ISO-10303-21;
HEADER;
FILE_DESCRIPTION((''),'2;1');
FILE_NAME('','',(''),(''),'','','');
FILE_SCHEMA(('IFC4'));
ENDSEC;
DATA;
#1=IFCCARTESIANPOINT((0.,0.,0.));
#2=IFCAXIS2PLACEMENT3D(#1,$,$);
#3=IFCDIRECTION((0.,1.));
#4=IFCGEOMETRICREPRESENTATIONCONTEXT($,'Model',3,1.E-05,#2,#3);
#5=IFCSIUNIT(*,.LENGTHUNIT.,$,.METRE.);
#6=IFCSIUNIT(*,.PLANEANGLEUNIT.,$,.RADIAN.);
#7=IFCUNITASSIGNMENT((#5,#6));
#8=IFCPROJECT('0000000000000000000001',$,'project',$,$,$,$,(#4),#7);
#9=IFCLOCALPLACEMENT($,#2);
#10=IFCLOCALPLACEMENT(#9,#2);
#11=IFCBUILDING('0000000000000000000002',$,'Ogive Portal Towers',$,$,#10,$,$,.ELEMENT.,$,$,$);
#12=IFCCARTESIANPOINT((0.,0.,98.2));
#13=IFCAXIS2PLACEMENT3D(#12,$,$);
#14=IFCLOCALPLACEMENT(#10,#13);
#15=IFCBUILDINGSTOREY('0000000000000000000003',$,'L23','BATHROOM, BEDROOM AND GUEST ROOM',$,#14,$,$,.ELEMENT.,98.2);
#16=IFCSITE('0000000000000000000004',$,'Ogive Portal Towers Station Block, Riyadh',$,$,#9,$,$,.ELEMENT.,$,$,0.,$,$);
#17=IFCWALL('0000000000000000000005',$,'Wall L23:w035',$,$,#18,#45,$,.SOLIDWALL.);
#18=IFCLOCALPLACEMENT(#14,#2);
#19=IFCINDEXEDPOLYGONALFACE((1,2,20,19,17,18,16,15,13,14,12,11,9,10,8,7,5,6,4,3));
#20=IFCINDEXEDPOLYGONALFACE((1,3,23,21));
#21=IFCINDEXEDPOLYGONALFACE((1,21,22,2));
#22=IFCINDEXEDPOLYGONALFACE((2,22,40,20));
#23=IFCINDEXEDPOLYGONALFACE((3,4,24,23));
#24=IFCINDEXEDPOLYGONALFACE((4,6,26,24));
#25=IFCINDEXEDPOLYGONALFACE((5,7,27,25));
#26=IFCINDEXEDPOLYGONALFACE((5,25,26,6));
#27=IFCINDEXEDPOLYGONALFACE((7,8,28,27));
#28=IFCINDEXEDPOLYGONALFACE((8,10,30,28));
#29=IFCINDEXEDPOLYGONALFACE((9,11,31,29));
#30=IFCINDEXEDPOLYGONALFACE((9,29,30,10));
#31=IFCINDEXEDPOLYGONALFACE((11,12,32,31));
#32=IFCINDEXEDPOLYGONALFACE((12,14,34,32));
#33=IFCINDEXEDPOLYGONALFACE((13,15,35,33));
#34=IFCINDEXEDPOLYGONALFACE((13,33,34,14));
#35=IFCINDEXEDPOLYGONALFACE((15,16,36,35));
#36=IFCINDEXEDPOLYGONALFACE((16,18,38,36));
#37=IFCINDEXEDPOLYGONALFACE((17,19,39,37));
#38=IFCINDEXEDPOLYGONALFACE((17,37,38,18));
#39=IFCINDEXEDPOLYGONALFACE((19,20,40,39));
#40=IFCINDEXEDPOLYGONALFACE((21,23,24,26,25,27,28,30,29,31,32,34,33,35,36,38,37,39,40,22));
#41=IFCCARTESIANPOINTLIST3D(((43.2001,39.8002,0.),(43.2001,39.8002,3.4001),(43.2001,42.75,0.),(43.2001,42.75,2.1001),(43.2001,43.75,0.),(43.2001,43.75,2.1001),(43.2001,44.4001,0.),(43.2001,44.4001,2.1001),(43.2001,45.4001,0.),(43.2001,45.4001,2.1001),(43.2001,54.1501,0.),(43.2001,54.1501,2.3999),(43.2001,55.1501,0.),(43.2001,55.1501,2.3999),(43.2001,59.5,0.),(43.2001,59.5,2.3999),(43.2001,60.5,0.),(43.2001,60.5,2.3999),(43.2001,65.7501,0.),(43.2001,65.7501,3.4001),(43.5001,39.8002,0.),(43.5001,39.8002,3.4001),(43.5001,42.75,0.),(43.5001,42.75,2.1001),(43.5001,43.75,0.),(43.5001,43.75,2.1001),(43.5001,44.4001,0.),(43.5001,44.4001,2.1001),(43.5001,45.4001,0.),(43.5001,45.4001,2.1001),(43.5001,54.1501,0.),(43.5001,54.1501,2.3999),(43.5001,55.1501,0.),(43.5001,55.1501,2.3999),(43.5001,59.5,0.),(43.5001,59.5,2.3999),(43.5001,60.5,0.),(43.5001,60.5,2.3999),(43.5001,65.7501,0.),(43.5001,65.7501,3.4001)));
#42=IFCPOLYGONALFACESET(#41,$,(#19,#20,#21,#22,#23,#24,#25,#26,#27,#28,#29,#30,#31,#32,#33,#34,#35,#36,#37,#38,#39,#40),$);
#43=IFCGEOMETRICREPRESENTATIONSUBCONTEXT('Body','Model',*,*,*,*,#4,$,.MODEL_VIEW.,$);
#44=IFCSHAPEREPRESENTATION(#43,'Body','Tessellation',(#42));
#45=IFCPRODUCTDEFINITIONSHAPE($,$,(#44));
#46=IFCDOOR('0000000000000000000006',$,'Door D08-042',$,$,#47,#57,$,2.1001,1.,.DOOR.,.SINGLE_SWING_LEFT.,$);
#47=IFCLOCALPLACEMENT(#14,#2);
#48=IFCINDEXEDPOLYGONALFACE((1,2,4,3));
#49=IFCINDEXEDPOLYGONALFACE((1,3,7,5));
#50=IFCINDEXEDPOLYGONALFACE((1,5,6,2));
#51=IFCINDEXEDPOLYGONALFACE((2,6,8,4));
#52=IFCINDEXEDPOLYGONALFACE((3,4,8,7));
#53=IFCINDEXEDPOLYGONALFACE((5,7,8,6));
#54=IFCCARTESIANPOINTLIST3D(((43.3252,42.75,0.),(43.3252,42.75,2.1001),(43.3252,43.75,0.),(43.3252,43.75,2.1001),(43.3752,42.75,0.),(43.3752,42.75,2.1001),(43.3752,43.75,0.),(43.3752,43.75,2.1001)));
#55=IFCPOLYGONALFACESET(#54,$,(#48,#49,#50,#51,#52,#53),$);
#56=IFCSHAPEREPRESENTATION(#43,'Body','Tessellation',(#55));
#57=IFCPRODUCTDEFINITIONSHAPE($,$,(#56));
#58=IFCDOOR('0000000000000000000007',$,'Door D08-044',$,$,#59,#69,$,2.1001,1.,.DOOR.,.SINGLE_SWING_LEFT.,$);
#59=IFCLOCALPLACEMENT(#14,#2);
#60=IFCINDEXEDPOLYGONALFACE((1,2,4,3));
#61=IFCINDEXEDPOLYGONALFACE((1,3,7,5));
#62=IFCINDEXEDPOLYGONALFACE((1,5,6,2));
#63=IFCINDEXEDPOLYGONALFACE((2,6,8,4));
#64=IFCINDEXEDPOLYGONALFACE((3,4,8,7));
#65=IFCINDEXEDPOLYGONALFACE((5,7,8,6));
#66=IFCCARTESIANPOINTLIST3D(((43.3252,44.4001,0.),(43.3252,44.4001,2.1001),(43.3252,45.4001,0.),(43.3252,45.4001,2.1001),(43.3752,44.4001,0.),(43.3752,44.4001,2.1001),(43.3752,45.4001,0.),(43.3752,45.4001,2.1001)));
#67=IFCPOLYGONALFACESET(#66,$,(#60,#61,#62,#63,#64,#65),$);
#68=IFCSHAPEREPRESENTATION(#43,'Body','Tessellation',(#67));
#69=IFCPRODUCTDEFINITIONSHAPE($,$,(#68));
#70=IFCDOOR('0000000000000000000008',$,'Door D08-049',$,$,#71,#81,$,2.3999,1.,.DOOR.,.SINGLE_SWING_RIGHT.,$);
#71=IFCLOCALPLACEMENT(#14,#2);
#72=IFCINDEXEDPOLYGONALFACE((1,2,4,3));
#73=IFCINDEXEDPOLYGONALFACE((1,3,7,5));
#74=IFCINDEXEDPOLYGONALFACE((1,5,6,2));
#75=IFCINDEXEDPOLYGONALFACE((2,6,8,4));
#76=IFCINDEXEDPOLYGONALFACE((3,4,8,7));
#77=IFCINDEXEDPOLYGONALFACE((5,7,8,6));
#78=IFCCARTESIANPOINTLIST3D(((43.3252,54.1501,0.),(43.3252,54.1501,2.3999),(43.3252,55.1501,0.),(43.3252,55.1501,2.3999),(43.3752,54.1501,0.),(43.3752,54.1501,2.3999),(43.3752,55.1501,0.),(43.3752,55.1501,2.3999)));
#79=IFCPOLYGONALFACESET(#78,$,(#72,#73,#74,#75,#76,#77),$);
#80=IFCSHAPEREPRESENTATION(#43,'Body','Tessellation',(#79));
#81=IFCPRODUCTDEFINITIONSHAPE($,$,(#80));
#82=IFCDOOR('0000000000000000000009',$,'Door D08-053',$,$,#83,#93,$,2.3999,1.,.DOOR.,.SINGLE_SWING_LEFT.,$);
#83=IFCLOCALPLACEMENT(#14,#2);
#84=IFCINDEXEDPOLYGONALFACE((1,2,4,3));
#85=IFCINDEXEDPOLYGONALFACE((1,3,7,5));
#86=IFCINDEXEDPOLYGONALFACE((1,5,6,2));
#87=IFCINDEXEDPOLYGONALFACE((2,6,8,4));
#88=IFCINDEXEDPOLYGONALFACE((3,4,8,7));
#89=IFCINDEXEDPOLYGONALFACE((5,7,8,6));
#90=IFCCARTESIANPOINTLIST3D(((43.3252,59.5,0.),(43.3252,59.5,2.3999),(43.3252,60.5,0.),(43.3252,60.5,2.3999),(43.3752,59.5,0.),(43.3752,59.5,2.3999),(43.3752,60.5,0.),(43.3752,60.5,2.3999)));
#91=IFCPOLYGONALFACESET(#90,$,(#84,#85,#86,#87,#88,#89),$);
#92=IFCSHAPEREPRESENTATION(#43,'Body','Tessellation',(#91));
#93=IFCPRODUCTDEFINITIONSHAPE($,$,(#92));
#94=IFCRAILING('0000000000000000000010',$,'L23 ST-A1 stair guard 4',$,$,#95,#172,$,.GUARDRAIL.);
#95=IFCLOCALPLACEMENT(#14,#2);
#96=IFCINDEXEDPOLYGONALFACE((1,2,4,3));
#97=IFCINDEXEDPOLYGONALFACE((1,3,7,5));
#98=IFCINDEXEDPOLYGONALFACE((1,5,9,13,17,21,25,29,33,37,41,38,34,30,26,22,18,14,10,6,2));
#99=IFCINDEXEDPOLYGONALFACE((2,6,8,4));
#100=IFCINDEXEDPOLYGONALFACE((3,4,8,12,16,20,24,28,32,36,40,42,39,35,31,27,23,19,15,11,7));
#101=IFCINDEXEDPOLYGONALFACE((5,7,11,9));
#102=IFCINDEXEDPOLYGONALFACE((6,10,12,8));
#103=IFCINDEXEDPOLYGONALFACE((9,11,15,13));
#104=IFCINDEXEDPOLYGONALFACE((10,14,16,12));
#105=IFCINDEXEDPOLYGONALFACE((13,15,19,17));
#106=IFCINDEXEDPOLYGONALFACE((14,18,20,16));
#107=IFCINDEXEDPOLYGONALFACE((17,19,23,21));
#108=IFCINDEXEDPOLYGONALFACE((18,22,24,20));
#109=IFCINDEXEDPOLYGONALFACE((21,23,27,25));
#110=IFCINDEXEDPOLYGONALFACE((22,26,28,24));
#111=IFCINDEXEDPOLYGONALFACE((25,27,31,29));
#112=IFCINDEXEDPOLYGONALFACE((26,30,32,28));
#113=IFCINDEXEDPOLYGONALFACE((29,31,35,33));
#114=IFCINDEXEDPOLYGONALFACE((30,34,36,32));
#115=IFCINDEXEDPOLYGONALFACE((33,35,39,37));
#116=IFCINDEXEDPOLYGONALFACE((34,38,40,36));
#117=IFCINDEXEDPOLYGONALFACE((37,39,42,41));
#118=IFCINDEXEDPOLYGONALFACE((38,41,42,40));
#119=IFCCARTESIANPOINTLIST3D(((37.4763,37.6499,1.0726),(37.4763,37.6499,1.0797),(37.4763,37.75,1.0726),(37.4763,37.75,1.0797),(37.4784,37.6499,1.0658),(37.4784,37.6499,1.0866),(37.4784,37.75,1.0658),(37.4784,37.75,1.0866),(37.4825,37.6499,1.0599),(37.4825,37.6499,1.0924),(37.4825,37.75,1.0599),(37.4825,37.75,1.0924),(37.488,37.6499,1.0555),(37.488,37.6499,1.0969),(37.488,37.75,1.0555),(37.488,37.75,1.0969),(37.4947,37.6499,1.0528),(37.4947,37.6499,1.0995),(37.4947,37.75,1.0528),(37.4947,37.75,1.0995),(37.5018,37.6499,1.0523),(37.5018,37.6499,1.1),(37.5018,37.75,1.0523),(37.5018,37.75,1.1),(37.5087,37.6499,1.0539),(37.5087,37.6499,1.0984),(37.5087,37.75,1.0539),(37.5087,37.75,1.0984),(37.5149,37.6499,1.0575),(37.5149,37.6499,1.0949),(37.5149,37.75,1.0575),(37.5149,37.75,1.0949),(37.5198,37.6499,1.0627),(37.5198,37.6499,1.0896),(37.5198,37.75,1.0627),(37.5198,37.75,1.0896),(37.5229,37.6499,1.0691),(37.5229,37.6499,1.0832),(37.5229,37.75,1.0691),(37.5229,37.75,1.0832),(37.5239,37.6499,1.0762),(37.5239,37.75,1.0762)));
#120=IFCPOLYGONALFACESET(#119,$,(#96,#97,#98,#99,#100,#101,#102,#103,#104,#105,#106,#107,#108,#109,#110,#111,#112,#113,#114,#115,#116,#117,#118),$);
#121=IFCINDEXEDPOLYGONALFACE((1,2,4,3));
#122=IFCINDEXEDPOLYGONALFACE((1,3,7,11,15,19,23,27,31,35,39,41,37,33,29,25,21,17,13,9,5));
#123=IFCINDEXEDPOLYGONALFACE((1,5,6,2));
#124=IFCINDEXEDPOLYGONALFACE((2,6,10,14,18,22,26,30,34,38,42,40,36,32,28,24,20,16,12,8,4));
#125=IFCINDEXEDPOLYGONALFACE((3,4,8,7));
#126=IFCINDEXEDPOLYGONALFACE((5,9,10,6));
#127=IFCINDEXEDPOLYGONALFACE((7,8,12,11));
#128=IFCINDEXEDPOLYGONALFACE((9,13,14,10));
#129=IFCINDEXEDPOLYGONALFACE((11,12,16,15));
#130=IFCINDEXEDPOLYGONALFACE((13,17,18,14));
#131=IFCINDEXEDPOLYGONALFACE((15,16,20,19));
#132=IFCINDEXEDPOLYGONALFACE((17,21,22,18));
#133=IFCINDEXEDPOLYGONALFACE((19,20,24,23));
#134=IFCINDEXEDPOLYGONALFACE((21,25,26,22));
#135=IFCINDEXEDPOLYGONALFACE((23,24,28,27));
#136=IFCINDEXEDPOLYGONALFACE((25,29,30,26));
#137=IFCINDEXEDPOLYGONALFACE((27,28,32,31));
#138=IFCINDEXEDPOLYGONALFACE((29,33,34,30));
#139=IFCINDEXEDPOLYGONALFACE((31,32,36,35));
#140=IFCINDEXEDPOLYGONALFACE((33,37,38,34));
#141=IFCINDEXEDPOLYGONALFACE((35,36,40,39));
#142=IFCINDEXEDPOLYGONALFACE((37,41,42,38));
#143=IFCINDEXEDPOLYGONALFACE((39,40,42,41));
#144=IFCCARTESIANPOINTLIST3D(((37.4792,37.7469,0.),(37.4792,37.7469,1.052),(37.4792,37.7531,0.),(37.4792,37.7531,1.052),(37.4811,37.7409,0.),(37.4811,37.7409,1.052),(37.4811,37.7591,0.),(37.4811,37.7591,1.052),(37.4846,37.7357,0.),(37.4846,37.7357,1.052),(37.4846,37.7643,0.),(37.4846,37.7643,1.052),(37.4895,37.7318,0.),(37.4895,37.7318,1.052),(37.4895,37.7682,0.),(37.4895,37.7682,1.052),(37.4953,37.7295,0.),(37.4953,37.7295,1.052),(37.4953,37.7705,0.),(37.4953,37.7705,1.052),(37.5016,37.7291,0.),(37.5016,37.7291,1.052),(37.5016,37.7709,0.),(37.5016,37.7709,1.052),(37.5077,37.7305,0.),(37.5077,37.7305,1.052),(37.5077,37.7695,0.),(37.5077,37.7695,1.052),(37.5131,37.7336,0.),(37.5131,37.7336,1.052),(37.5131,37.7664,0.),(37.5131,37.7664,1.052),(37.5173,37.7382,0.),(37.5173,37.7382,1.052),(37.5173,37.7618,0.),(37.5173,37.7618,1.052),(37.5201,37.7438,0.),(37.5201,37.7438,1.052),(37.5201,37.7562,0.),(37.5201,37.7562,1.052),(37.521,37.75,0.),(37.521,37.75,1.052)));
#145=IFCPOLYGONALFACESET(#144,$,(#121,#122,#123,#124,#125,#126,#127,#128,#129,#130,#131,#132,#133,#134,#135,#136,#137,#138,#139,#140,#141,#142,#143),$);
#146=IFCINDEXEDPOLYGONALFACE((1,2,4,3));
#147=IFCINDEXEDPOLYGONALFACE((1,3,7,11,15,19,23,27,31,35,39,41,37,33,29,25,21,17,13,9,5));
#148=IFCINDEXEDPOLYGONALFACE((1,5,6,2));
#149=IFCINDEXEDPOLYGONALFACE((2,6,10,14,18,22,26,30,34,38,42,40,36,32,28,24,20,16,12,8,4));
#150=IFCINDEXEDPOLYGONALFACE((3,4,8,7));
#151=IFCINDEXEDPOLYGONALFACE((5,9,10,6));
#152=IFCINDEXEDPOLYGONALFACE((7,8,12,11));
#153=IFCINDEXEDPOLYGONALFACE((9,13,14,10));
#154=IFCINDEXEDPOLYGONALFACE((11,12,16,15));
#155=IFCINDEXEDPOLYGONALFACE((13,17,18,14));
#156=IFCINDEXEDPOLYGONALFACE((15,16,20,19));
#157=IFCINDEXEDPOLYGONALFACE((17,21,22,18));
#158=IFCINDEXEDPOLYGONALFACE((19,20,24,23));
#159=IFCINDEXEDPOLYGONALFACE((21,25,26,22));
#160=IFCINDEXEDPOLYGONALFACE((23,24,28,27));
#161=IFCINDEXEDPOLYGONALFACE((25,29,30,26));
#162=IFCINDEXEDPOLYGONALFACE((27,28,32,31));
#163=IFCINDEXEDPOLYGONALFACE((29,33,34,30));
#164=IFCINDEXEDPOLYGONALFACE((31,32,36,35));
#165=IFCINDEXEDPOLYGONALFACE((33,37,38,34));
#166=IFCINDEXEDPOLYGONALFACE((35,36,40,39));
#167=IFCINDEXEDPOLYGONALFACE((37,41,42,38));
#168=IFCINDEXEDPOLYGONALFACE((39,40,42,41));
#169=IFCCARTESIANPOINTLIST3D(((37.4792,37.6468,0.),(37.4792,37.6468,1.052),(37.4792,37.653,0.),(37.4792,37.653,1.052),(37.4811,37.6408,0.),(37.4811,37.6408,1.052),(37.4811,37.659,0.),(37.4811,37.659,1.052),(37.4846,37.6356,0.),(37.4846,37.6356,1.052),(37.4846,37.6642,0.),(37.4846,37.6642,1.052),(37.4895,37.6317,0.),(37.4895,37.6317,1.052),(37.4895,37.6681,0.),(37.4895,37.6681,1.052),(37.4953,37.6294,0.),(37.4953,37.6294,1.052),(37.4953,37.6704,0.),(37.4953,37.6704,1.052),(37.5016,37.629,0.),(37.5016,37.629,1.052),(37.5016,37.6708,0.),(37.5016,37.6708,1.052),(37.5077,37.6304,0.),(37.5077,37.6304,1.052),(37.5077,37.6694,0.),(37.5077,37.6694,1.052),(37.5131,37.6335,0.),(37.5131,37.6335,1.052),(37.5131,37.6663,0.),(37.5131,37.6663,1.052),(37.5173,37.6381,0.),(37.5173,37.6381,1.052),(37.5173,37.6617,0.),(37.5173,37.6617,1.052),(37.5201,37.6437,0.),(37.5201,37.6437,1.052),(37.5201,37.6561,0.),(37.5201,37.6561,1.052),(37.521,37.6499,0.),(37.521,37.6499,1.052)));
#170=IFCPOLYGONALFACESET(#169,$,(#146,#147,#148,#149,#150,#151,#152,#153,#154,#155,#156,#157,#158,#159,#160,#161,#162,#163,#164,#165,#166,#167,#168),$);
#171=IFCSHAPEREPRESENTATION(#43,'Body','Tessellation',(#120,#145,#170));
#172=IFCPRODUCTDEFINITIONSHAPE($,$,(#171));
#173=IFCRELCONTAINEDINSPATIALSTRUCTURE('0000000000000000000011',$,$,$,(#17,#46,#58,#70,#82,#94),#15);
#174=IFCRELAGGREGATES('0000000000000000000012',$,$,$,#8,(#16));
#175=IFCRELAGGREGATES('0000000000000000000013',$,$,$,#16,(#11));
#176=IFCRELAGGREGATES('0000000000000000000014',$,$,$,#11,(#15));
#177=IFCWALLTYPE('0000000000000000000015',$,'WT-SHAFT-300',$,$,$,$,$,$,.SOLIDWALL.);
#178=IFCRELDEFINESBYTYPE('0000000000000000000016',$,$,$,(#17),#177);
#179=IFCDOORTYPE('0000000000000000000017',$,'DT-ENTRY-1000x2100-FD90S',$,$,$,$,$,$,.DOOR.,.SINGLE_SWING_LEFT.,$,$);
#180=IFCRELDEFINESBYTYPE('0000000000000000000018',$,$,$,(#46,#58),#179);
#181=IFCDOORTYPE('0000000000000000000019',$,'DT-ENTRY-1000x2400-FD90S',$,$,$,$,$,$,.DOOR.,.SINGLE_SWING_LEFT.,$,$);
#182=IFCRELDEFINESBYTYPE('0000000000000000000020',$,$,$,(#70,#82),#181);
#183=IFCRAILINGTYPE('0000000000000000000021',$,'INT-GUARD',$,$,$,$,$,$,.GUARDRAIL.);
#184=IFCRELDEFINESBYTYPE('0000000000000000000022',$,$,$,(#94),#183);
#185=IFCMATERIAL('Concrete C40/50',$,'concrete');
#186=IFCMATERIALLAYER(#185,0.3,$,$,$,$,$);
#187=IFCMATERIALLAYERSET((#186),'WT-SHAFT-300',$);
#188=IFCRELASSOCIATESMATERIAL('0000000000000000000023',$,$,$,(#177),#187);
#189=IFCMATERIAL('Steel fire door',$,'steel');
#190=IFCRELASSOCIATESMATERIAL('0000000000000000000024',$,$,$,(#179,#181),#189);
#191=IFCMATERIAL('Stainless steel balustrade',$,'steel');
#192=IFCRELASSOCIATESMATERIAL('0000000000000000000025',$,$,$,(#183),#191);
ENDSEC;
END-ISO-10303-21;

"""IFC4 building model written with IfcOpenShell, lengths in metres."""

from ifc_helpers import new_model, si_unit, direction, frame, frame_2d, origin, origin_2d, place, context, subcontext, project, spatial, rectangle, circle, extrude, material, layer, layer_set, type_object, element, fill, save


model = new_model("IFC4")

# Units and contexts
model_context = context("Model", 3, precision=1e-05, world=origin(), true_north=direction((0.0, 1.0)))
body_context = subcontext(model_context, "Body", "Model", "MODEL_VIEW")
ifc_project = project(units=[si_unit("LENGTHUNIT", "METRE"), si_unit("PLANEANGLEUNIT", "RADIAN")], contexts=[model_context])

# Site, building, storey
site_placement = place(None, origin())
site = spatial("IfcSite", under=ifc_project, at=site_placement, Name="Ogive Portal Towers Station Block, Riyadh", CompositionType="ELEMENT", RefElevation=0.0)
building_placement = place(site_placement, origin())
building = spatial("IfcBuilding", under=site, at=building_placement, Name="Ogive Portal Towers", CompositionType="ELEMENT")
storey_placement = place(building_placement, frame((0.0, 0.0, 98.2)))
storey = spatial("IfcBuildingStorey", under=building, at=storey_placement, Name="L23", Description="BATHROOM, BEDROOM AND GUEST ROOM", CompositionType="ELEMENT", Elevation=98.2)

# Shared definitions
ifc_material_1 = material(Name="Steel fire door", Category="steel")

# Shared definitions
ifc_material_2 = material(Name="Concrete C40/50", Category="concrete")
ifc_layer_1 = layer(ifc_material_2, 0.3)
ifc_layer_set_1 = layer_set([ifc_layer_1], Name="WT-SHAFT-300")
wall_type_1 = type_object("IfcWallType", Name="WT-SHAFT-300", PredefinedType="SOLIDWALL", material=ifc_layer_set_1)

# Wall, openings, doors
wall_1_placement = place(storey_placement, frame((43.3501, 39.8, 0.0), z_axis=(0.0, 0.0, 1.0), x_axis=(0.0, 1.0, 0.0)))
wall_1 = element("IfcWall", 1, at=wall_1_placement, inside=storey, type_object=wall_type_1, Name="Wall L23:w035", PredefinedType="SOLIDWALL", context=body_context, shape_type="SweptSolid", body=[
    extrude(rectangle(XDim=25.95, YDim=0.3, at=frame_2d((12.9751, 0.0))), origin(), (0.0, 0.0, 1.0), 3.4001),
])
opening_1_placement = place(wall_1_placement, frame((2.95, 0.0, 0.0)))
opening_1 = element("IfcOpeningElement", 2, at=opening_1_placement, cuts=wall_1, PredefinedType="OPENING", context=body_context, shape_type="SweptSolid", body=[
    extrude(rectangle(XDim=1.0, YDim=2.1001, at=frame_2d((0.5, 1.05))), frame((0.0, 0.1602, 0.0), z_axis=(0.0, -1.0, 0.0), x_axis=(1.0, 0.0, 0.0)), (0.0, 0.0, 1.0), 0.3201),
])
opening_2_placement = place(wall_1_placement, frame((4.6001, 0.0, 0.0)))
opening_2 = element("IfcOpeningElement", 3, at=opening_2_placement, cuts=wall_1, PredefinedType="OPENING", context=body_context, shape_type="SweptSolid", body=[
    extrude(rectangle(XDim=1.0, YDim=2.1001, at=frame_2d((0.5, 1.05))), frame((0.0, 0.1602, 0.0), z_axis=(0.0, -1.0, 0.0), x_axis=(1.0, 0.0, 0.0)), (0.0, 0.0, 1.0), 0.3201),
])
opening_3_placement = place(wall_1_placement, frame((14.3501, 0.0, 0.0)))
opening_3 = element("IfcOpeningElement", 4, at=opening_3_placement, cuts=wall_1, PredefinedType="OPENING", context=body_context, shape_type="SweptSolid", body=[
    extrude(rectangle(XDim=1.0, YDim=2.3999, at=frame_2d((0.5, 1.2))), frame((0.0, 0.1602, 0.0), z_axis=(0.0, -1.0, 0.0), x_axis=(1.0, 0.0, 0.0)), (0.0, 0.0, 1.0), 0.3201),
])
opening_4_placement = place(wall_1_placement, frame((19.7, 0.0, 0.0)))
opening_4 = element("IfcOpeningElement", 5, at=opening_4_placement, cuts=wall_1, PredefinedType="OPENING", context=body_context, shape_type="SweptSolid", body=[
    extrude(rectangle(XDim=1.0, YDim=2.3999, at=frame_2d((0.5, 1.2))), frame((0.0, 0.1602, 0.0), z_axis=(0.0, -1.0, 0.0), x_axis=(1.0, 0.0, 0.0)), (0.0, 0.0, 1.0), 0.3201),
])
door_type_1 = type_object("IfcDoorType", Name="DT-ENTRY-1000x2100-FD90S", OperationType="SINGLE_SWING_LEFT", PredefinedType="DOOR", material=ifc_material_1)
door_1_placement = place(opening_1_placement, origin())
door_1 = element("IfcDoor", 6, at=door_1_placement, inside=storey, type_object=door_type_1, Name="Door D08-042", OperationType="SINGLE_SWING_LEFT", OverallHeight=2.1001, OverallWidth=1.0, PredefinedType="DOOR", context=body_context, shape_type="SweptSolid", body=[
    extrude(rectangle(XDim=1.0, YDim=2.1001, at=frame_2d((0.5, 1.05))), frame((0.0, 0.0249, 0.0), z_axis=(0.0, -1.0, 0.0), x_axis=(1.0, 0.0, 0.0)), (0.0, 0.0, 1.0), 0.05),
])
fill(opening_1, door_1)
door_2_placement = place(opening_2_placement, origin())
door_2 = element("IfcDoor", 7, at=door_2_placement, inside=storey, type_object=door_type_1, Name="Door D08-044", OperationType="SINGLE_SWING_LEFT", OverallHeight=2.1001, OverallWidth=1.0, PredefinedType="DOOR", context=body_context, shape_type="SweptSolid", body=[
    extrude(rectangle(XDim=1.0, YDim=2.1001, at=frame_2d((0.5, 1.05))), frame((0.0, 0.0249, 0.0), z_axis=(0.0, -1.0, 0.0), x_axis=(1.0, 0.0, 0.0)), (0.0, 0.0, 1.0), 0.05),
])
fill(opening_2, door_2)
door_type_2 = type_object("IfcDoorType", Name="DT-ENTRY-1000x2400-FD90S", OperationType="SINGLE_SWING_LEFT", PredefinedType="DOOR", material=ifc_material_1)
door_3_placement = place(opening_3_placement, origin())
door_3 = element("IfcDoor", 8, at=door_3_placement, inside=storey, type_object=door_type_2, Name="Door D08-049", OperationType="SINGLE_SWING_RIGHT", OverallHeight=2.3999, OverallWidth=1.0, PredefinedType="DOOR", context=body_context, shape_type="SweptSolid", body=[
    extrude(rectangle(XDim=1.0, YDim=2.3999, at=frame_2d((0.5, 1.2))), frame((0.0, 0.0249, 0.0), z_axis=(0.0, -1.0, 0.0), x_axis=(1.0, 0.0, 0.0)), (0.0, 0.0, 1.0), 0.05),
])
fill(opening_3, door_3)
door_4_placement = place(opening_4_placement, origin())
door_4 = element("IfcDoor", 9, at=door_4_placement, inside=storey, type_object=door_type_2, Name="Door D08-053", OperationType="SINGLE_SWING_LEFT", OverallHeight=2.3999, OverallWidth=1.0, PredefinedType="DOOR", context=body_context, shape_type="SweptSolid", body=[
    extrude(rectangle(XDim=1.0, YDim=2.3999, at=frame_2d((0.5, 1.2))), frame((0.0, 0.0249, 0.0), z_axis=(0.0, -1.0, 0.0), x_axis=(1.0, 0.0, 0.0)), (0.0, 0.0, 1.0), 0.05),
])
fill(opening_4, door_4)

# Railing
ifc_material_3 = material(Name="Stainless steel balustrade", Category="steel")
railing_type_1 = type_object("IfcRailingType", Name="INT-GUARD", PredefinedType="GUARDRAIL", material=ifc_material_3)
railing_1_placement = place(storey_placement, frame((37.5, 37.75, 0.0)))
element("IfcRailing", 10, at=railing_1_placement, inside=storey, type_object=railing_type_1, Name="L23 ST-A1 stair guard 4", PredefinedType="GUARDRAIL", context=body_context, shape_type="SweptSolid", body=[
    extrude(circle(Radius=0.0239, at=origin_2d()), frame((0.0, 0.0, 1.0762), z_axis=(0.0, -1.0, 0.0), x_axis=(1.0, 0.0, 0.0)), (0.0, 0.0, 1.0), 0.1001),
    extrude(circle(Radius=0.021, at=origin_2d()), origin(), (0.0, 0.0, 1.0), 1.052),
    extrude(circle(Radius=0.021, at=origin_2d()), frame((0.0, -0.1001, 0.0)), (0.0, 0.0, 1.0), 1.052),
])

save(model, "model.ifc")
